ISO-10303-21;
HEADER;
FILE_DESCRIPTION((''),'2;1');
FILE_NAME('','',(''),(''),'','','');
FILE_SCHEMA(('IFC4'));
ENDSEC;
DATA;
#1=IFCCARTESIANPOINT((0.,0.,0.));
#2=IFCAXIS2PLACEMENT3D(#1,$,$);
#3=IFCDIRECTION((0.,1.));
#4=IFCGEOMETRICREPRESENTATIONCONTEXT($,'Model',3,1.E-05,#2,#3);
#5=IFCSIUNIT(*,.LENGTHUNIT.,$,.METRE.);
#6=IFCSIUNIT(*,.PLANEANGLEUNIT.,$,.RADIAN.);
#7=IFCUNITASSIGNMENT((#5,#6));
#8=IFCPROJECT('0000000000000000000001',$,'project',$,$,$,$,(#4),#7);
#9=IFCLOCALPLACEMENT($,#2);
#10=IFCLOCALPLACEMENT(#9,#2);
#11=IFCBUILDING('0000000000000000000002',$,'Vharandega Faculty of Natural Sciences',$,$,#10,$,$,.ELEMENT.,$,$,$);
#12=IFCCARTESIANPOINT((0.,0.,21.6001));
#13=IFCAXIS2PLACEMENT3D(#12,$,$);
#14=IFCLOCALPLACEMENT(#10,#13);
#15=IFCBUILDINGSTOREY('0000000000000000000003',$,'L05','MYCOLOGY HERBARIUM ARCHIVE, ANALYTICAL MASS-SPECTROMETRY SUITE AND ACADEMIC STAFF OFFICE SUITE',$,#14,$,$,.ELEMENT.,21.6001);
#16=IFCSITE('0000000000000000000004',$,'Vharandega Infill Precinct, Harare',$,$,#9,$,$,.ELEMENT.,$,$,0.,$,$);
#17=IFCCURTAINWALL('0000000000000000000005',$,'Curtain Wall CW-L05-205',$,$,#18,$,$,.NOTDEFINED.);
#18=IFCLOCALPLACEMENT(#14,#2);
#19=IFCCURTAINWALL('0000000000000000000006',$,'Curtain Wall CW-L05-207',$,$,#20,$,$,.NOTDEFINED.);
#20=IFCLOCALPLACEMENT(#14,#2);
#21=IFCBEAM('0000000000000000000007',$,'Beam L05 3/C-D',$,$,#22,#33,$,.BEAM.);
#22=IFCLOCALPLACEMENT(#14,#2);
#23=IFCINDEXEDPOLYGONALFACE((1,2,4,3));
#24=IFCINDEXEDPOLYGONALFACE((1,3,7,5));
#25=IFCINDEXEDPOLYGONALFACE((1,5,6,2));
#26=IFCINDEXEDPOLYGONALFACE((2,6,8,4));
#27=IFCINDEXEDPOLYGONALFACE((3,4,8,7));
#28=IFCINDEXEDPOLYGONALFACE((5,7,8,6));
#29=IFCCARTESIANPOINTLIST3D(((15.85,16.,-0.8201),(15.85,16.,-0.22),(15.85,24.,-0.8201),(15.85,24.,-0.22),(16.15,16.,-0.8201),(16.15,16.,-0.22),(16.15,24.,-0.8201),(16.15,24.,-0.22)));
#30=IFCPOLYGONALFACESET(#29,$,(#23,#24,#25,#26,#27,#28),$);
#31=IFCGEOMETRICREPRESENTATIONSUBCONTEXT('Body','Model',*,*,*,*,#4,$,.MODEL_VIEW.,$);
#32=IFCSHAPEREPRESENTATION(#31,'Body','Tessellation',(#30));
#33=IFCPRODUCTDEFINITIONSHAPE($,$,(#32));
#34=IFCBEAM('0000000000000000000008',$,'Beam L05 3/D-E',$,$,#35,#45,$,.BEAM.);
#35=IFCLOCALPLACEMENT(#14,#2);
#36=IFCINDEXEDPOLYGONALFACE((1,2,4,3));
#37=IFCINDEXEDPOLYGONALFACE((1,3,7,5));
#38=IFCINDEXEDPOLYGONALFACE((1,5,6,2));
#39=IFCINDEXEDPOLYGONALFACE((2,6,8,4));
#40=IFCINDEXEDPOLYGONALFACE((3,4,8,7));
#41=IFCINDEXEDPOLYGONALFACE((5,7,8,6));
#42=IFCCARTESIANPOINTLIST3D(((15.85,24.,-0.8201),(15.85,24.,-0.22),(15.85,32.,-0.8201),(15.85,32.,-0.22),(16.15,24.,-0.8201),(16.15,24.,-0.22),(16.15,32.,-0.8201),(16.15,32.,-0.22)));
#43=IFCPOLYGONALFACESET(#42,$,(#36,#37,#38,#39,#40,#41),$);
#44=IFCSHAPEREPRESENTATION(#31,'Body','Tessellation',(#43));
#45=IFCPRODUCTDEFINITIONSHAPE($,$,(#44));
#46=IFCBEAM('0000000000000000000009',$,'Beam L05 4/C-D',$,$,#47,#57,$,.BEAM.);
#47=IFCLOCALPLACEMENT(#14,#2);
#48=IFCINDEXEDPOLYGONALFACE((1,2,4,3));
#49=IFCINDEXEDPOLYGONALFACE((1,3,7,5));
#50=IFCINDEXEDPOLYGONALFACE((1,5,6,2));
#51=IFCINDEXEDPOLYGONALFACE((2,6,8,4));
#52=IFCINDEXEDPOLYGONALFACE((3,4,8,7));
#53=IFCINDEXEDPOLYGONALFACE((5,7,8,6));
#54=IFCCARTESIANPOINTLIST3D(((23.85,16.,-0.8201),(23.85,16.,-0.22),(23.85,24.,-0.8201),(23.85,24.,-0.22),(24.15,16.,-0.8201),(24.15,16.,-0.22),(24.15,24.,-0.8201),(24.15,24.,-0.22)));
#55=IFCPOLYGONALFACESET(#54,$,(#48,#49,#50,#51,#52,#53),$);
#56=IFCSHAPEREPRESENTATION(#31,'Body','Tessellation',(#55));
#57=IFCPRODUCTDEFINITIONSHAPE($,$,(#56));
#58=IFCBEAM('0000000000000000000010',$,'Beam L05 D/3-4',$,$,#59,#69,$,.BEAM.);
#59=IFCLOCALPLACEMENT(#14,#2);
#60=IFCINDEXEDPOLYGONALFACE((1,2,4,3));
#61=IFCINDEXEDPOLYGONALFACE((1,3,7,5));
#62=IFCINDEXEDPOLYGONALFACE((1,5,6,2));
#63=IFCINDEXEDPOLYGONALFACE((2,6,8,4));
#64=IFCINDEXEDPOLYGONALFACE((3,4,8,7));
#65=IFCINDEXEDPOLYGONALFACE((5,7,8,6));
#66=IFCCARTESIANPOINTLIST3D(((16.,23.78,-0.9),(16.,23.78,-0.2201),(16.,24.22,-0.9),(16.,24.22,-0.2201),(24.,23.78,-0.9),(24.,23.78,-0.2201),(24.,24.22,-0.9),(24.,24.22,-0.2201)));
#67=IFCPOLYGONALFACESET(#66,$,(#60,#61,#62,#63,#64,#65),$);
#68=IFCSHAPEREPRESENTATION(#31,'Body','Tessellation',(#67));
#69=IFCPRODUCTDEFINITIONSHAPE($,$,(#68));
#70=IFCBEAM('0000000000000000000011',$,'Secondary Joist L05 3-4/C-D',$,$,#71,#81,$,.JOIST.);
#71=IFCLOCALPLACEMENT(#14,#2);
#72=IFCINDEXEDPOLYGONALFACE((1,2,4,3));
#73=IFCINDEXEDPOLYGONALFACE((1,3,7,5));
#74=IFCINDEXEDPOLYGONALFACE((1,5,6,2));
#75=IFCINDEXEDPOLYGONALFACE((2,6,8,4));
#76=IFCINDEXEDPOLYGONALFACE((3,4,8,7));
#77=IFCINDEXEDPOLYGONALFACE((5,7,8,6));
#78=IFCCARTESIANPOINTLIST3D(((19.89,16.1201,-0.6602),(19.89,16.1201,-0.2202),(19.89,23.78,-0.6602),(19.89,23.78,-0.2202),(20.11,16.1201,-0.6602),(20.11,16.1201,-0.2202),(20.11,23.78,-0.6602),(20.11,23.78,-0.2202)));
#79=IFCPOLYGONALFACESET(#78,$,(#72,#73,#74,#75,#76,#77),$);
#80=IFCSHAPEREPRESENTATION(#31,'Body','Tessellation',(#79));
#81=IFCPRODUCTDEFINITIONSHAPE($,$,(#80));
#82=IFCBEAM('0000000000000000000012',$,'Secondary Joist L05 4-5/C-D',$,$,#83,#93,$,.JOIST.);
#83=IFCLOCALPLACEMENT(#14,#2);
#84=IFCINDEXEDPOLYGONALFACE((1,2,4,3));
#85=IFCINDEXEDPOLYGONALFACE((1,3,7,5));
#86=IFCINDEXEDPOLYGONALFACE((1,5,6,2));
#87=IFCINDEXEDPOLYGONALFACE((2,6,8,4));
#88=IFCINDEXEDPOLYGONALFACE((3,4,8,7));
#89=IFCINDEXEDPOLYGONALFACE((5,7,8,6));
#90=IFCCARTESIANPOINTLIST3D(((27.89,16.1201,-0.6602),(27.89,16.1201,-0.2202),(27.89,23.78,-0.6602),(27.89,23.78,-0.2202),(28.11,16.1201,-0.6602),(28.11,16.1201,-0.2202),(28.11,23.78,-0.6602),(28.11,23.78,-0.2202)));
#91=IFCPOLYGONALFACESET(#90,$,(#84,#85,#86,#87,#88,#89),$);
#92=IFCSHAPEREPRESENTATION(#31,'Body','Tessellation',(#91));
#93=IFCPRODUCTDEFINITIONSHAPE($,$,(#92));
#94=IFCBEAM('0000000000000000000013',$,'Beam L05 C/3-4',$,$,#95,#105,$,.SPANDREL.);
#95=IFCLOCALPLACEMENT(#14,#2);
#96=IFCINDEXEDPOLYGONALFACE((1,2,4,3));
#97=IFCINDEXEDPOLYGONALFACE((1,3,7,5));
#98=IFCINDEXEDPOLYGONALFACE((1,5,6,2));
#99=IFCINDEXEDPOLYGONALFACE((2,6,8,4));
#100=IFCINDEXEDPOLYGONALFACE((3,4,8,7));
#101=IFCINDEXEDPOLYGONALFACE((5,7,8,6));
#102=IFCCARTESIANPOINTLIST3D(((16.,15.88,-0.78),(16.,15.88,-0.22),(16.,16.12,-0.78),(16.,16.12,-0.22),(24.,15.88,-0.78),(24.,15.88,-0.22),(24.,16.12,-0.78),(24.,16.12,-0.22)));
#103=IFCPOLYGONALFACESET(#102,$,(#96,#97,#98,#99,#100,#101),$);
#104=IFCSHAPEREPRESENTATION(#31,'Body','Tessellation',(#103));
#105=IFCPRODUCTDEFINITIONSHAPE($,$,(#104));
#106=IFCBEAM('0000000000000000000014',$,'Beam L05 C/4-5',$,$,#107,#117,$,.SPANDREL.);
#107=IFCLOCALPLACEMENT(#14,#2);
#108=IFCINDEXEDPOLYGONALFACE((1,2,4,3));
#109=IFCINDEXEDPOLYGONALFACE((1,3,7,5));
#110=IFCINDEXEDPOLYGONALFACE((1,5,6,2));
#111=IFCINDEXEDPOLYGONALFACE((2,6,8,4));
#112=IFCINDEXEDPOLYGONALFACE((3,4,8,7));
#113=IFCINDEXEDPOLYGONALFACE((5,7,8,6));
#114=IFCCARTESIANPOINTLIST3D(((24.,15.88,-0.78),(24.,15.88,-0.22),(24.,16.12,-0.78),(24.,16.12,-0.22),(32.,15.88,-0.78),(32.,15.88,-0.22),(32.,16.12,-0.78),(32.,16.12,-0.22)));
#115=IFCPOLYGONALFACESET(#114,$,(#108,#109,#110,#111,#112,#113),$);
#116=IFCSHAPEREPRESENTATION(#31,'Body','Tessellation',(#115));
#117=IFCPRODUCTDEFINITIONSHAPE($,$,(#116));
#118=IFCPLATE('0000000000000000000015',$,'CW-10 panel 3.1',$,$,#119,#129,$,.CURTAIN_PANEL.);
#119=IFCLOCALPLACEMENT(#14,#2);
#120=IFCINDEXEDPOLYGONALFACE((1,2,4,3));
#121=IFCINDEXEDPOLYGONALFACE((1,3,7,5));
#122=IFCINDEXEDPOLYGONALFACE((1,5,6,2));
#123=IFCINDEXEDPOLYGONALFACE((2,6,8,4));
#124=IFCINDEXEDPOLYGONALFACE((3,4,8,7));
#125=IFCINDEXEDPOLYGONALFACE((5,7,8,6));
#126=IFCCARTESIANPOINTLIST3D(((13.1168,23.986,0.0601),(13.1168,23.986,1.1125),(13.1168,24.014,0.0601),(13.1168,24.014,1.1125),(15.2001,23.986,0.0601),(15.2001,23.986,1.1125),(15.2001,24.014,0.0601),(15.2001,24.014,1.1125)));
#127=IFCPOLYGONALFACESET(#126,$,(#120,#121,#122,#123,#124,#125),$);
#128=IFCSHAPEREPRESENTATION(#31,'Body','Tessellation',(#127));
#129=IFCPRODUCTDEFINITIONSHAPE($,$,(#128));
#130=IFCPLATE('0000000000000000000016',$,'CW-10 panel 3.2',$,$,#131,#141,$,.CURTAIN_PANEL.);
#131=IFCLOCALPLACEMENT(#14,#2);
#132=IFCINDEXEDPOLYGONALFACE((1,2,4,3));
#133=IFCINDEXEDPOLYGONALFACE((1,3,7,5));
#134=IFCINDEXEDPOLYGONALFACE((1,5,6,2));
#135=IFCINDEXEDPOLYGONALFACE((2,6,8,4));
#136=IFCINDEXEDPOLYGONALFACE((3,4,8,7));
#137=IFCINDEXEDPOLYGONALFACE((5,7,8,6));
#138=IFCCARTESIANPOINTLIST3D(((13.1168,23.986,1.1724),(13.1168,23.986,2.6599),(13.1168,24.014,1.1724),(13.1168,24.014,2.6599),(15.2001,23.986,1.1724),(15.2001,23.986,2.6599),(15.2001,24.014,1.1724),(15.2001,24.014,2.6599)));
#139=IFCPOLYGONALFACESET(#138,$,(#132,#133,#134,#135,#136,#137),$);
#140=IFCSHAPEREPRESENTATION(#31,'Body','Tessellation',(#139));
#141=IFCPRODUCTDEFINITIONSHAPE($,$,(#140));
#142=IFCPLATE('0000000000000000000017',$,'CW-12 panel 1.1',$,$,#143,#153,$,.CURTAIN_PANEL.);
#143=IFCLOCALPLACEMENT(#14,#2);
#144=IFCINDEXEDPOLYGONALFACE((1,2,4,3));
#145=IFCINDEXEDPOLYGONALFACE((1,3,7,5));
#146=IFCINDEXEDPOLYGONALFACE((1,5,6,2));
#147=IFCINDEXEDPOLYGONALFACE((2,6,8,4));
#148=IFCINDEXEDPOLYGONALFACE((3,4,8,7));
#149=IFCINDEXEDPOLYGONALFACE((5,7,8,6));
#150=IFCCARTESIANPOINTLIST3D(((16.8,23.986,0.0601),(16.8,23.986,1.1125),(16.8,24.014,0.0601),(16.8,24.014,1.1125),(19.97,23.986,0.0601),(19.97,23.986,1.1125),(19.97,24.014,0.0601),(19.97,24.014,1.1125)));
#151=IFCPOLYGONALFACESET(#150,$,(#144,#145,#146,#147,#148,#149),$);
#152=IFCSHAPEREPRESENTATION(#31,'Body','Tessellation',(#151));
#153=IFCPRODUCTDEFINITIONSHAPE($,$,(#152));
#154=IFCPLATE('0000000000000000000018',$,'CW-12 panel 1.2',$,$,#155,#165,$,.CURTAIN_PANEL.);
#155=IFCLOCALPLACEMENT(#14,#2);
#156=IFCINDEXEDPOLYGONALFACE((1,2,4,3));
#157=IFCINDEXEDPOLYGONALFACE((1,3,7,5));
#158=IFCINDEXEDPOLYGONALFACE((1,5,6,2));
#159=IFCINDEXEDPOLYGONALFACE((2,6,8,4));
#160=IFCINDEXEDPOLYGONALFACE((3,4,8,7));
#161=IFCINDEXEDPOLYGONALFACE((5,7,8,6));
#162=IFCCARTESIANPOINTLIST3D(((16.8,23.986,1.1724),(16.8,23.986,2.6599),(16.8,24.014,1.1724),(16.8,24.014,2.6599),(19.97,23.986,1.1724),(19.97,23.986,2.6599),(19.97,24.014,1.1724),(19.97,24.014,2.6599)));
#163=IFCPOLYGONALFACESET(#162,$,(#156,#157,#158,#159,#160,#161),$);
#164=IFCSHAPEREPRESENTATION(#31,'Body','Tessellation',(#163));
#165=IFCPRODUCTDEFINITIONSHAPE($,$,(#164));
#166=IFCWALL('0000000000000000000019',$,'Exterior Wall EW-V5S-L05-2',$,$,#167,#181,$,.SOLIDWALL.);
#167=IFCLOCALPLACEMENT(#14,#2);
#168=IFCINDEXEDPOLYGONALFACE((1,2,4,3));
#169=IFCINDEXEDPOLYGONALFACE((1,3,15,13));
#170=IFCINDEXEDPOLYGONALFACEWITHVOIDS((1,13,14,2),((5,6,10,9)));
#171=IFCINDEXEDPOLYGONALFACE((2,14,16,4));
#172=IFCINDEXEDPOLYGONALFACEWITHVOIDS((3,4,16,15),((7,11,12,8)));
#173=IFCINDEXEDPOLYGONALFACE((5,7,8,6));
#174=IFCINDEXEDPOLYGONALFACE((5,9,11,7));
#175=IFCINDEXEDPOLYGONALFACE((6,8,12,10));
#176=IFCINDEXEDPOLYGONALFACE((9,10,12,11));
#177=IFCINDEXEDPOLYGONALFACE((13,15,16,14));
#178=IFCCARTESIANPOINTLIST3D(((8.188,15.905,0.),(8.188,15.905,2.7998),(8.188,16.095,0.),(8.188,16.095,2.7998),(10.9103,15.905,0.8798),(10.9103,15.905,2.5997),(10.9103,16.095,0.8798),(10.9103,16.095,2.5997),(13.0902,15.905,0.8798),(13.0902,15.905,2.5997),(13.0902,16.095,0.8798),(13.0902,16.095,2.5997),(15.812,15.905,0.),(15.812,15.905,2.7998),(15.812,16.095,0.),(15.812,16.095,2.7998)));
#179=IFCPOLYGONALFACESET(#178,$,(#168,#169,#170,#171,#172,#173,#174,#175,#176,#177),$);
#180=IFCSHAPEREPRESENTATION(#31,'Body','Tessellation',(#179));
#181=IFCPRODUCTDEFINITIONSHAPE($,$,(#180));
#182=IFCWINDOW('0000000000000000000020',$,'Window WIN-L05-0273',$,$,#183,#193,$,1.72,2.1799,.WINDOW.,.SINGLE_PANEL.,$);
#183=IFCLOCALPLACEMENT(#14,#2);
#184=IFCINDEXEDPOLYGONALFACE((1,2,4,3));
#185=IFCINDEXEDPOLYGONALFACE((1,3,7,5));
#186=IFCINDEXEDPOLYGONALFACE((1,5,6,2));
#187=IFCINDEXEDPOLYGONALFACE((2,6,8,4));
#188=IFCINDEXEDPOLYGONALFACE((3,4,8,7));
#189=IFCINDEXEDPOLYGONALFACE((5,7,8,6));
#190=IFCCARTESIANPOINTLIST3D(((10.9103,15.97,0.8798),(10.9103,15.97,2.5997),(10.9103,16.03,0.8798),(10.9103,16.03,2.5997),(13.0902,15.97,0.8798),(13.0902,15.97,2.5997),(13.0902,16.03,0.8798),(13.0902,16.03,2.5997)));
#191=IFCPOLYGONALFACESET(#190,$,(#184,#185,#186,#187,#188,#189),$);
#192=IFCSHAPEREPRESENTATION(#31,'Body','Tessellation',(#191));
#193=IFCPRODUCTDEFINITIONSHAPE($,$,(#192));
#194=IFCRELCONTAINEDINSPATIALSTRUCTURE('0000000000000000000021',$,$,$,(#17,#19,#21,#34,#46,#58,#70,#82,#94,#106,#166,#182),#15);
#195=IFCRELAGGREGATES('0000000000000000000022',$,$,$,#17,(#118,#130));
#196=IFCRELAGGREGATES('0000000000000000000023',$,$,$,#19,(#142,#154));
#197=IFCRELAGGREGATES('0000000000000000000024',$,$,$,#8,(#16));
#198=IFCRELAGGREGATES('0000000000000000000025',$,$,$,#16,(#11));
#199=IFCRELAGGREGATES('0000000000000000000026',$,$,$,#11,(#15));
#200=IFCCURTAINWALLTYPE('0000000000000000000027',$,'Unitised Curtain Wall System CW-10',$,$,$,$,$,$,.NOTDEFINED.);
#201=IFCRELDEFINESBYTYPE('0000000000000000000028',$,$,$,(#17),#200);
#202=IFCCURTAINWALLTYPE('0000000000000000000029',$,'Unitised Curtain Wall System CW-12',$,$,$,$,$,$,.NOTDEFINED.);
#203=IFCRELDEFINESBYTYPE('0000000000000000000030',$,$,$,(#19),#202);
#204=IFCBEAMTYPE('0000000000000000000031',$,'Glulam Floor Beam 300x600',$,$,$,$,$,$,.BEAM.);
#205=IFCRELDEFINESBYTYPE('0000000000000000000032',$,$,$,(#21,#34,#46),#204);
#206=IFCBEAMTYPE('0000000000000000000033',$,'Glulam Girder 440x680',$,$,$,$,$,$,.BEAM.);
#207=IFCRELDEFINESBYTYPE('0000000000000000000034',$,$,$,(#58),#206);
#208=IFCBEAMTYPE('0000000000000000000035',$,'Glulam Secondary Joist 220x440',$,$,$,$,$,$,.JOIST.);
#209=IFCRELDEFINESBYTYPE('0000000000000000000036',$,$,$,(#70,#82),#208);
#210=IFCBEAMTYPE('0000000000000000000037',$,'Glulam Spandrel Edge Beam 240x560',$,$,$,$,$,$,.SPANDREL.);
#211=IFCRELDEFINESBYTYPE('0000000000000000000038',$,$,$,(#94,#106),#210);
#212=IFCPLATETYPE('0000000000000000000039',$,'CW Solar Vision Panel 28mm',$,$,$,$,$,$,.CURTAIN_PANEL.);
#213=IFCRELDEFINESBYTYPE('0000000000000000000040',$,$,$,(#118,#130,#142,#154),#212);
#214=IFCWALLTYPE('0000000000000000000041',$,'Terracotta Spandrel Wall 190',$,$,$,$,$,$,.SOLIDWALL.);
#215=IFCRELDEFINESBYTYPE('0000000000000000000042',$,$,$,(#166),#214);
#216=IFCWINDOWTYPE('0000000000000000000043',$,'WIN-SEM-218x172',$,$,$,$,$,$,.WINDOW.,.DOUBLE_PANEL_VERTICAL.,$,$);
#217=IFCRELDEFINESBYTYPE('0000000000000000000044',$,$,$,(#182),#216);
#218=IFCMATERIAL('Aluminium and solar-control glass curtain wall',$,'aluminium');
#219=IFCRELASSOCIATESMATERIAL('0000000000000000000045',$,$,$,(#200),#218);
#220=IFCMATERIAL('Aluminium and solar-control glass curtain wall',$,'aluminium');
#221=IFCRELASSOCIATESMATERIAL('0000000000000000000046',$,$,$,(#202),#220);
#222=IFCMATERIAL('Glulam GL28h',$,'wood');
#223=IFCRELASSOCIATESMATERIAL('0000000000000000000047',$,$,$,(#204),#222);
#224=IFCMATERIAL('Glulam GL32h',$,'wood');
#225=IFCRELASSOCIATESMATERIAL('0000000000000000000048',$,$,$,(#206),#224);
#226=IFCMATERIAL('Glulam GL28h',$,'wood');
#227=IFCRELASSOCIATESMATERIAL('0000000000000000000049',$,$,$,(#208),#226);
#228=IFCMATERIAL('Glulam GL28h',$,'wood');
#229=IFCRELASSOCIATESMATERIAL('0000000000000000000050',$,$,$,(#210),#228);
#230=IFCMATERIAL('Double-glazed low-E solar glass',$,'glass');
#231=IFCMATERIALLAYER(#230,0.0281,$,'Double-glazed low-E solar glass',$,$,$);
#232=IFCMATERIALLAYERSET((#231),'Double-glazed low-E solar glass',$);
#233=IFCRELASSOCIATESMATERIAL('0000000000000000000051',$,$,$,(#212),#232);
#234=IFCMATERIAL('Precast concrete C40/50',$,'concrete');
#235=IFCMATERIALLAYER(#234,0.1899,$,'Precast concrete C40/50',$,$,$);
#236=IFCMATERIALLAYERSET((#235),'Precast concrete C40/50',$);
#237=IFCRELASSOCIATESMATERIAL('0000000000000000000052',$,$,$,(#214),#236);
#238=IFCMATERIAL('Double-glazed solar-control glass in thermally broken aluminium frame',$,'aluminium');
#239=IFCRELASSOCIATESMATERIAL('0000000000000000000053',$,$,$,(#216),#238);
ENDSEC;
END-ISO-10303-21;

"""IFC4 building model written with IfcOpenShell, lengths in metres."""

from ifc_helpers import new_model, si_unit, direction, frame, frame_2d, origin, origin_2d, place, context, subcontext, project, spatial, rectangle, extrude, material, layer, layer_set, material_profile, profile_set, type_object, element, fill, aggregate, save


model = new_model("IFC4")

# Units and contexts
model_context = context("Model", 3, precision=1e-05, world=origin(), true_north=direction((0.0, 1.0)))
body_context = subcontext(model_context, "Body", "Model", "MODEL_VIEW")
ifc_project = project(units=[si_unit("LENGTHUNIT", "METRE"), si_unit("PLANEANGLEUNIT", "RADIAN")], contexts=[model_context])

# Site, building, storey
site_placement = place(None, origin())
site = spatial("IfcSite", under=ifc_project, at=site_placement, Name="Vharandega Infill Precinct, Harare", CompositionType="ELEMENT", RefElevation=0.0)
building_placement = place(site_placement, origin())
building = spatial("IfcBuilding", under=site, at=building_placement, Name="Vharandega Faculty of Natural Sciences", CompositionType="ELEMENT")
storey_placement = place(building_placement, frame((0.0, 0.0, 21.6001)))
storey = spatial("IfcBuildingStorey", under=building, at=storey_placement, Name="L05", Description="MYCOLOGY HERBARIUM ARCHIVE, ANALYTICAL MASS-SPECTROMETRY SUITE AND ACADEMIC STAFF OFFICE SUITE", CompositionType="ELEMENT", Elevation=21.6001)

# Curtain walls
ifc_material_1 = material(Name="Aluminium and solar-control glass curtain wall", Category="aluminium")
curtain_wall_type_1 = type_object("IfcCurtainWallType", Name="Unitised Curtain Wall System CW-10", PredefinedType="NOTDEFINED", material=ifc_material_1)
curtain_wall_1_placement = place(storey_placement, origin())
curtain_wall_1 = element("IfcCurtainWall", 1, at=curtain_wall_1_placement, inside=storey, type_object=curtain_wall_type_1, Name="Curtain Wall CW-L05-205", PredefinedType="NOTDEFINED")
ifc_material_2 = material(Name="Aluminium and solar-control glass curtain wall", Category="aluminium")
curtain_wall_type_2 = type_object("IfcCurtainWallType", Name="Unitised Curtain Wall System CW-12", PredefinedType="NOTDEFINED", material=ifc_material_2)
curtain_wall_2_placement = place(storey_placement, origin())
curtain_wall_2 = element("IfcCurtainWall", 2, at=curtain_wall_2_placement, inside=storey, type_object=curtain_wall_type_2, Name="Curtain Wall CW-L05-207", PredefinedType="NOTDEFINED")

# Beams
ifc_material_3 = material(Name="Glulam GL28h", Category="wood")
ifc_material_profile_1 = material_profile(ifc_material_3, rectangle(XDim=0.3, YDim=0.6001, at=origin_2d()), Name="GL28h 300x600")
ifc_profile_set_1 = profile_set([ifc_material_profile_1], Name="Glulam GL28h")
beam_type_1 = type_object("IfcBeamType", Name="Glulam Floor Beam 300x600", PredefinedType="BEAM", material=ifc_profile_set_1)
for number, where, z_axis, x_axis, name in (
    (3, (16.0, 16.0, -0.52), (0.0, 1.0, 0.0), (-1.0, 0.0, 0.0), "Beam L05 3/C-D"),
    (4, (16.0, 24.0, -0.52), (0.0, 1.0, 0.0), (-1.0, 0.0, 0.0), "Beam L05 3/D-E"),
    (5, (24.0, 16.0, -0.52), (0.0, 1.0, 0.0), (-1.0, 0.0, 0.0), "Beam L05 4/C-D"),
):
    element("IfcBeam", number, at=place(storey_placement, frame(where, z_axis=z_axis, x_axis=x_axis)), inside=storey, type_object=beam_type_1, Name=name, PredefinedType="BEAM", context=body_context, shape_type="SweptSolid", body=[
        extrude(rectangle(XDim=0.3, YDim=0.6001, at=origin_2d()), origin(), (0.0, 0.0, 1.0), 8.0),
    ])
ifc_material_4 = material(Name="Glulam GL32h", Category="wood")
ifc_material_profile_2 = material_profile(ifc_material_4, rectangle(XDim=0.4399, YDim=0.6799, at=origin_2d()), Name="GL32h 440x680")
ifc_profile_set_2 = profile_set([ifc_material_profile_2], Name="Glulam GL32h")
beam_type_2 = type_object("IfcBeamType", Name="Glulam Girder 440x680", PredefinedType="BEAM", material=ifc_profile_set_2)
beam_placement = place(storey_placement, frame((16.0, 24.0, -0.5601), z_axis=(1.0, 0.0, 0.0), x_axis=(0.0, 1.0, 0.0)))
element("IfcBeam", 6, at=beam_placement, inside=storey, type_object=beam_type_2, Name="Beam L05 D/3-4", PredefinedType="BEAM", context=body_context, shape_type="SweptSolid", body=[
    extrude(rectangle(XDim=0.4399, YDim=0.6799, at=origin_2d()), origin(), (0.0, 0.0, 1.0), 8.0),
])
ifc_material_5 = material(Name="Glulam GL28h", Category="wood")
ifc_material_profile_3 = material_profile(ifc_material_5, rectangle(XDim=0.22, YDim=0.4399, at=origin_2d()), Name="GL28h 220x440")
ifc_profile_set_3 = profile_set([ifc_material_profile_3], Name="Glulam GL28h")
beam_type_3 = type_object("IfcBeamType", Name="Glulam Secondary Joist 220x440", PredefinedType="JOIST", material=ifc_profile_set_3)
for number, where, z_axis, x_axis, name in (
    (7, (20.0, 16.1201, -0.4402), (0.0, 1.0, 0.0), (-1.0, 0.0, 0.0), "Secondary Joist L05 3-4/C-D"),
    (8, (28.0, 16.1201, -0.4402), (0.0, 1.0, 0.0), (-1.0, 0.0, 0.0), "Secondary Joist L05 4-5/C-D"),
):
    element("IfcBeam", number, at=place(storey_placement, frame(where, z_axis=z_axis, x_axis=x_axis)), inside=storey, type_object=beam_type_3, Name=name, PredefinedType="JOIST", context=body_context, shape_type="SweptSolid", body=[
        extrude(rectangle(XDim=0.22, YDim=0.4399, at=origin_2d()), origin(), (0.0, 0.0, 1.0), 7.6599),
    ])
ifc_material_6 = material(Name="Glulam GL28h", Category="wood")
ifc_material_profile_4 = material_profile(ifc_material_6, rectangle(XDim=0.24, YDim=0.5601, at=origin_2d()), Name="GL28h 240x560")
ifc_profile_set_4 = profile_set([ifc_material_profile_4], Name="Glulam GL28h")
beam_type_4 = type_object("IfcBeamType", Name="Glulam Spandrel Edge Beam 240x560", PredefinedType="SPANDREL", material=ifc_profile_set_4)
for number, where, z_axis, x_axis, name in (
    (9, (16.0, 16.0, -0.5), (1.0, 0.0, 0.0), (0.0, 1.0, 0.0), "Beam L05 C/3-4"),
    (10, (24.0, 16.0, -0.5), (1.0, 0.0, 0.0), (0.0, 1.0, 0.0), "Beam L05 C/4-5"),
):
    element("IfcBeam", number, at=place(storey_placement, frame(where, z_axis=z_axis, x_axis=x_axis)), inside=storey, type_object=beam_type_4, Name=name, PredefinedType="SPANDREL", context=body_context, shape_type="SweptSolid", body=[
        extrude(rectangle(XDim=0.24, YDim=0.5601, at=origin_2d()), origin(), (0.0, 0.0, 1.0), 8.0),
    ])

# Plates
ifc_material_7 = material(Name="Double-glazed low-E solar glass", Category="glass")
ifc_layer_1 = layer(ifc_material_7, 0.0281, Name="Double-glazed low-E solar glass")
ifc_layer_set_1 = layer_set([ifc_layer_1], Name="Double-glazed low-E solar glass")
plate_type = type_object("IfcPlateType", Name="CW Solar Vision Panel 28mm", PredefinedType="CURTAIN_PANEL", material=ifc_layer_set_1)
plate_1_placement = place(storey_placement, frame((14.1584, 24.0, 0.0601), z_axis=(0.0, 0.0, 1.0), x_axis=(1.0, 0.0, 0.0)))
plate_1 = element("IfcPlate", 11, at=plate_1_placement, type_object=plate_type, Name="CW-10 panel 3.1", PredefinedType="CURTAIN_PANEL", context=body_context, shape_type="SweptSolid", body=[
    extrude(rectangle(XDim=2.0833, YDim=0.0281, at=origin_2d()), origin(), (0.0, 0.0, 1.0), 1.0525),
])
plate_2_placement = place(storey_placement, frame((14.1584, 24.0, 1.1724), z_axis=(0.0, 0.0, 1.0), x_axis=(1.0, 0.0, 0.0)))
plate_2 = element("IfcPlate", 12, at=plate_2_placement, type_object=plate_type, Name="CW-10 panel 3.2", PredefinedType="CURTAIN_PANEL", context=body_context, shape_type="SweptSolid", body=[
    extrude(rectangle(XDim=2.0833, YDim=0.0281, at=origin_2d()), origin(), (0.0, 0.0, 1.0), 1.4875),
])
aggregate(curtain_wall_1, [plate_1, plate_2])
plate_3_placement = place(storey_placement, frame((18.385, 24.0, 0.0601), z_axis=(0.0, 0.0, 1.0), x_axis=(1.0, 0.0, 0.0)))
plate_3 = element("IfcPlate", 13, at=plate_3_placement, type_object=plate_type, Name="CW-12 panel 1.1", PredefinedType="CURTAIN_PANEL", context=body_context, shape_type="SweptSolid", body=[
    extrude(rectangle(XDim=3.1699, YDim=0.0281, at=origin_2d()), origin(), (0.0, 0.0, 1.0), 1.0525),
])
plate_4_placement = place(storey_placement, frame((18.385, 24.0, 1.1724), z_axis=(0.0, 0.0, 1.0), x_axis=(1.0, 0.0, 0.0)))
plate_4 = element("IfcPlate", 14, at=plate_4_placement, type_object=plate_type, Name="CW-12 panel 1.2", PredefinedType="CURTAIN_PANEL", context=body_context, shape_type="SweptSolid", body=[
    extrude(rectangle(XDim=3.1699, YDim=0.0281, at=origin_2d()), origin(), (0.0, 0.0, 1.0), 1.4875),
])
aggregate(curtain_wall_2, [plate_3, plate_4])

# Wall, opening, window
ifc_material_8 = material(Name="Precast concrete C40/50", Category="concrete")
ifc_layer_2 = layer(ifc_material_8, 0.1899, Name="Precast concrete C40/50")
ifc_layer_set_2 = layer_set([ifc_layer_2], Name="Precast concrete C40/50")
wall_type = type_object("IfcWallType", Name="Terracotta Spandrel Wall 190", PredefinedType="SOLIDWALL", material=ifc_layer_set_2)
wall_1_placement = place(storey_placement, frame((15.812, 16.0, 0.0), z_axis=(0.0, 0.0, 1.0), x_axis=(-1.0, 0.0, 0.0)))
wall_1 = element("IfcWall", 15, at=wall_1_placement, inside=storey, type_object=wall_type, Name="Exterior Wall EW-V5S-L05-2", PredefinedType="SOLIDWALL", context=body_context, shape_type="SweptSolid", body=[
    extrude(rectangle(XDim=7.624, YDim=0.1899, at=frame_2d((3.812, 0.0))), origin(), (0.0, 0.0, 1.0), 2.7998),
])
opening_1_placement = place(wall_1_placement, frame((2.7219, 0.0, 0.8799)))
opening_1 = element("IfcOpeningElement", 16, at=opening_1_placement, cuts=wall_1, PredefinedType="OPENING", context=body_context, shape_type="SweptSolid", body=[
    extrude(rectangle(XDim=2.1799, YDim=1.72, at=frame_2d((1.0898, 0.8599))), frame((0.0, 0.105, 0.0), z_axis=(0.0, -1.0, 0.0), x_axis=(1.0, 0.0, 0.0)), (0.0, 0.0, 1.0), 0.21),
])
ifc_material_9 = material(Name="Double-glazed solar-control glass in thermally broken aluminium frame", Category="aluminium")
window_type_1 = type_object("IfcWindowType", Name="WIN-SEM-218x172", PartitioningType="DOUBLE_PANEL_VERTICAL", PredefinedType="WINDOW", material=ifc_material_9)
window_1_placement = place(opening_1_placement, origin())
window_1 = element("IfcWindow", 17, at=window_1_placement, inside=storey, type_object=window_type_1, Name="Window WIN-L05-0273", OverallHeight=1.72, OverallWidth=2.1799, PartitioningType="SINGLE_PANEL", PredefinedType="WINDOW", context=body_context, shape_type="SweptSolid", body=[
    extrude(rectangle(XDim=2.1799, YDim=1.72, at=frame_2d((1.0898, 0.8599))), frame((0.0, 0.03, 0.0), z_axis=(0.0, -1.0, 0.0), x_axis=(1.0, 0.0, 0.0)), (0.0, 0.0, 1.0), 0.0601),
])
fill(opening_1, window_1)

save(model, "model.ifc")
